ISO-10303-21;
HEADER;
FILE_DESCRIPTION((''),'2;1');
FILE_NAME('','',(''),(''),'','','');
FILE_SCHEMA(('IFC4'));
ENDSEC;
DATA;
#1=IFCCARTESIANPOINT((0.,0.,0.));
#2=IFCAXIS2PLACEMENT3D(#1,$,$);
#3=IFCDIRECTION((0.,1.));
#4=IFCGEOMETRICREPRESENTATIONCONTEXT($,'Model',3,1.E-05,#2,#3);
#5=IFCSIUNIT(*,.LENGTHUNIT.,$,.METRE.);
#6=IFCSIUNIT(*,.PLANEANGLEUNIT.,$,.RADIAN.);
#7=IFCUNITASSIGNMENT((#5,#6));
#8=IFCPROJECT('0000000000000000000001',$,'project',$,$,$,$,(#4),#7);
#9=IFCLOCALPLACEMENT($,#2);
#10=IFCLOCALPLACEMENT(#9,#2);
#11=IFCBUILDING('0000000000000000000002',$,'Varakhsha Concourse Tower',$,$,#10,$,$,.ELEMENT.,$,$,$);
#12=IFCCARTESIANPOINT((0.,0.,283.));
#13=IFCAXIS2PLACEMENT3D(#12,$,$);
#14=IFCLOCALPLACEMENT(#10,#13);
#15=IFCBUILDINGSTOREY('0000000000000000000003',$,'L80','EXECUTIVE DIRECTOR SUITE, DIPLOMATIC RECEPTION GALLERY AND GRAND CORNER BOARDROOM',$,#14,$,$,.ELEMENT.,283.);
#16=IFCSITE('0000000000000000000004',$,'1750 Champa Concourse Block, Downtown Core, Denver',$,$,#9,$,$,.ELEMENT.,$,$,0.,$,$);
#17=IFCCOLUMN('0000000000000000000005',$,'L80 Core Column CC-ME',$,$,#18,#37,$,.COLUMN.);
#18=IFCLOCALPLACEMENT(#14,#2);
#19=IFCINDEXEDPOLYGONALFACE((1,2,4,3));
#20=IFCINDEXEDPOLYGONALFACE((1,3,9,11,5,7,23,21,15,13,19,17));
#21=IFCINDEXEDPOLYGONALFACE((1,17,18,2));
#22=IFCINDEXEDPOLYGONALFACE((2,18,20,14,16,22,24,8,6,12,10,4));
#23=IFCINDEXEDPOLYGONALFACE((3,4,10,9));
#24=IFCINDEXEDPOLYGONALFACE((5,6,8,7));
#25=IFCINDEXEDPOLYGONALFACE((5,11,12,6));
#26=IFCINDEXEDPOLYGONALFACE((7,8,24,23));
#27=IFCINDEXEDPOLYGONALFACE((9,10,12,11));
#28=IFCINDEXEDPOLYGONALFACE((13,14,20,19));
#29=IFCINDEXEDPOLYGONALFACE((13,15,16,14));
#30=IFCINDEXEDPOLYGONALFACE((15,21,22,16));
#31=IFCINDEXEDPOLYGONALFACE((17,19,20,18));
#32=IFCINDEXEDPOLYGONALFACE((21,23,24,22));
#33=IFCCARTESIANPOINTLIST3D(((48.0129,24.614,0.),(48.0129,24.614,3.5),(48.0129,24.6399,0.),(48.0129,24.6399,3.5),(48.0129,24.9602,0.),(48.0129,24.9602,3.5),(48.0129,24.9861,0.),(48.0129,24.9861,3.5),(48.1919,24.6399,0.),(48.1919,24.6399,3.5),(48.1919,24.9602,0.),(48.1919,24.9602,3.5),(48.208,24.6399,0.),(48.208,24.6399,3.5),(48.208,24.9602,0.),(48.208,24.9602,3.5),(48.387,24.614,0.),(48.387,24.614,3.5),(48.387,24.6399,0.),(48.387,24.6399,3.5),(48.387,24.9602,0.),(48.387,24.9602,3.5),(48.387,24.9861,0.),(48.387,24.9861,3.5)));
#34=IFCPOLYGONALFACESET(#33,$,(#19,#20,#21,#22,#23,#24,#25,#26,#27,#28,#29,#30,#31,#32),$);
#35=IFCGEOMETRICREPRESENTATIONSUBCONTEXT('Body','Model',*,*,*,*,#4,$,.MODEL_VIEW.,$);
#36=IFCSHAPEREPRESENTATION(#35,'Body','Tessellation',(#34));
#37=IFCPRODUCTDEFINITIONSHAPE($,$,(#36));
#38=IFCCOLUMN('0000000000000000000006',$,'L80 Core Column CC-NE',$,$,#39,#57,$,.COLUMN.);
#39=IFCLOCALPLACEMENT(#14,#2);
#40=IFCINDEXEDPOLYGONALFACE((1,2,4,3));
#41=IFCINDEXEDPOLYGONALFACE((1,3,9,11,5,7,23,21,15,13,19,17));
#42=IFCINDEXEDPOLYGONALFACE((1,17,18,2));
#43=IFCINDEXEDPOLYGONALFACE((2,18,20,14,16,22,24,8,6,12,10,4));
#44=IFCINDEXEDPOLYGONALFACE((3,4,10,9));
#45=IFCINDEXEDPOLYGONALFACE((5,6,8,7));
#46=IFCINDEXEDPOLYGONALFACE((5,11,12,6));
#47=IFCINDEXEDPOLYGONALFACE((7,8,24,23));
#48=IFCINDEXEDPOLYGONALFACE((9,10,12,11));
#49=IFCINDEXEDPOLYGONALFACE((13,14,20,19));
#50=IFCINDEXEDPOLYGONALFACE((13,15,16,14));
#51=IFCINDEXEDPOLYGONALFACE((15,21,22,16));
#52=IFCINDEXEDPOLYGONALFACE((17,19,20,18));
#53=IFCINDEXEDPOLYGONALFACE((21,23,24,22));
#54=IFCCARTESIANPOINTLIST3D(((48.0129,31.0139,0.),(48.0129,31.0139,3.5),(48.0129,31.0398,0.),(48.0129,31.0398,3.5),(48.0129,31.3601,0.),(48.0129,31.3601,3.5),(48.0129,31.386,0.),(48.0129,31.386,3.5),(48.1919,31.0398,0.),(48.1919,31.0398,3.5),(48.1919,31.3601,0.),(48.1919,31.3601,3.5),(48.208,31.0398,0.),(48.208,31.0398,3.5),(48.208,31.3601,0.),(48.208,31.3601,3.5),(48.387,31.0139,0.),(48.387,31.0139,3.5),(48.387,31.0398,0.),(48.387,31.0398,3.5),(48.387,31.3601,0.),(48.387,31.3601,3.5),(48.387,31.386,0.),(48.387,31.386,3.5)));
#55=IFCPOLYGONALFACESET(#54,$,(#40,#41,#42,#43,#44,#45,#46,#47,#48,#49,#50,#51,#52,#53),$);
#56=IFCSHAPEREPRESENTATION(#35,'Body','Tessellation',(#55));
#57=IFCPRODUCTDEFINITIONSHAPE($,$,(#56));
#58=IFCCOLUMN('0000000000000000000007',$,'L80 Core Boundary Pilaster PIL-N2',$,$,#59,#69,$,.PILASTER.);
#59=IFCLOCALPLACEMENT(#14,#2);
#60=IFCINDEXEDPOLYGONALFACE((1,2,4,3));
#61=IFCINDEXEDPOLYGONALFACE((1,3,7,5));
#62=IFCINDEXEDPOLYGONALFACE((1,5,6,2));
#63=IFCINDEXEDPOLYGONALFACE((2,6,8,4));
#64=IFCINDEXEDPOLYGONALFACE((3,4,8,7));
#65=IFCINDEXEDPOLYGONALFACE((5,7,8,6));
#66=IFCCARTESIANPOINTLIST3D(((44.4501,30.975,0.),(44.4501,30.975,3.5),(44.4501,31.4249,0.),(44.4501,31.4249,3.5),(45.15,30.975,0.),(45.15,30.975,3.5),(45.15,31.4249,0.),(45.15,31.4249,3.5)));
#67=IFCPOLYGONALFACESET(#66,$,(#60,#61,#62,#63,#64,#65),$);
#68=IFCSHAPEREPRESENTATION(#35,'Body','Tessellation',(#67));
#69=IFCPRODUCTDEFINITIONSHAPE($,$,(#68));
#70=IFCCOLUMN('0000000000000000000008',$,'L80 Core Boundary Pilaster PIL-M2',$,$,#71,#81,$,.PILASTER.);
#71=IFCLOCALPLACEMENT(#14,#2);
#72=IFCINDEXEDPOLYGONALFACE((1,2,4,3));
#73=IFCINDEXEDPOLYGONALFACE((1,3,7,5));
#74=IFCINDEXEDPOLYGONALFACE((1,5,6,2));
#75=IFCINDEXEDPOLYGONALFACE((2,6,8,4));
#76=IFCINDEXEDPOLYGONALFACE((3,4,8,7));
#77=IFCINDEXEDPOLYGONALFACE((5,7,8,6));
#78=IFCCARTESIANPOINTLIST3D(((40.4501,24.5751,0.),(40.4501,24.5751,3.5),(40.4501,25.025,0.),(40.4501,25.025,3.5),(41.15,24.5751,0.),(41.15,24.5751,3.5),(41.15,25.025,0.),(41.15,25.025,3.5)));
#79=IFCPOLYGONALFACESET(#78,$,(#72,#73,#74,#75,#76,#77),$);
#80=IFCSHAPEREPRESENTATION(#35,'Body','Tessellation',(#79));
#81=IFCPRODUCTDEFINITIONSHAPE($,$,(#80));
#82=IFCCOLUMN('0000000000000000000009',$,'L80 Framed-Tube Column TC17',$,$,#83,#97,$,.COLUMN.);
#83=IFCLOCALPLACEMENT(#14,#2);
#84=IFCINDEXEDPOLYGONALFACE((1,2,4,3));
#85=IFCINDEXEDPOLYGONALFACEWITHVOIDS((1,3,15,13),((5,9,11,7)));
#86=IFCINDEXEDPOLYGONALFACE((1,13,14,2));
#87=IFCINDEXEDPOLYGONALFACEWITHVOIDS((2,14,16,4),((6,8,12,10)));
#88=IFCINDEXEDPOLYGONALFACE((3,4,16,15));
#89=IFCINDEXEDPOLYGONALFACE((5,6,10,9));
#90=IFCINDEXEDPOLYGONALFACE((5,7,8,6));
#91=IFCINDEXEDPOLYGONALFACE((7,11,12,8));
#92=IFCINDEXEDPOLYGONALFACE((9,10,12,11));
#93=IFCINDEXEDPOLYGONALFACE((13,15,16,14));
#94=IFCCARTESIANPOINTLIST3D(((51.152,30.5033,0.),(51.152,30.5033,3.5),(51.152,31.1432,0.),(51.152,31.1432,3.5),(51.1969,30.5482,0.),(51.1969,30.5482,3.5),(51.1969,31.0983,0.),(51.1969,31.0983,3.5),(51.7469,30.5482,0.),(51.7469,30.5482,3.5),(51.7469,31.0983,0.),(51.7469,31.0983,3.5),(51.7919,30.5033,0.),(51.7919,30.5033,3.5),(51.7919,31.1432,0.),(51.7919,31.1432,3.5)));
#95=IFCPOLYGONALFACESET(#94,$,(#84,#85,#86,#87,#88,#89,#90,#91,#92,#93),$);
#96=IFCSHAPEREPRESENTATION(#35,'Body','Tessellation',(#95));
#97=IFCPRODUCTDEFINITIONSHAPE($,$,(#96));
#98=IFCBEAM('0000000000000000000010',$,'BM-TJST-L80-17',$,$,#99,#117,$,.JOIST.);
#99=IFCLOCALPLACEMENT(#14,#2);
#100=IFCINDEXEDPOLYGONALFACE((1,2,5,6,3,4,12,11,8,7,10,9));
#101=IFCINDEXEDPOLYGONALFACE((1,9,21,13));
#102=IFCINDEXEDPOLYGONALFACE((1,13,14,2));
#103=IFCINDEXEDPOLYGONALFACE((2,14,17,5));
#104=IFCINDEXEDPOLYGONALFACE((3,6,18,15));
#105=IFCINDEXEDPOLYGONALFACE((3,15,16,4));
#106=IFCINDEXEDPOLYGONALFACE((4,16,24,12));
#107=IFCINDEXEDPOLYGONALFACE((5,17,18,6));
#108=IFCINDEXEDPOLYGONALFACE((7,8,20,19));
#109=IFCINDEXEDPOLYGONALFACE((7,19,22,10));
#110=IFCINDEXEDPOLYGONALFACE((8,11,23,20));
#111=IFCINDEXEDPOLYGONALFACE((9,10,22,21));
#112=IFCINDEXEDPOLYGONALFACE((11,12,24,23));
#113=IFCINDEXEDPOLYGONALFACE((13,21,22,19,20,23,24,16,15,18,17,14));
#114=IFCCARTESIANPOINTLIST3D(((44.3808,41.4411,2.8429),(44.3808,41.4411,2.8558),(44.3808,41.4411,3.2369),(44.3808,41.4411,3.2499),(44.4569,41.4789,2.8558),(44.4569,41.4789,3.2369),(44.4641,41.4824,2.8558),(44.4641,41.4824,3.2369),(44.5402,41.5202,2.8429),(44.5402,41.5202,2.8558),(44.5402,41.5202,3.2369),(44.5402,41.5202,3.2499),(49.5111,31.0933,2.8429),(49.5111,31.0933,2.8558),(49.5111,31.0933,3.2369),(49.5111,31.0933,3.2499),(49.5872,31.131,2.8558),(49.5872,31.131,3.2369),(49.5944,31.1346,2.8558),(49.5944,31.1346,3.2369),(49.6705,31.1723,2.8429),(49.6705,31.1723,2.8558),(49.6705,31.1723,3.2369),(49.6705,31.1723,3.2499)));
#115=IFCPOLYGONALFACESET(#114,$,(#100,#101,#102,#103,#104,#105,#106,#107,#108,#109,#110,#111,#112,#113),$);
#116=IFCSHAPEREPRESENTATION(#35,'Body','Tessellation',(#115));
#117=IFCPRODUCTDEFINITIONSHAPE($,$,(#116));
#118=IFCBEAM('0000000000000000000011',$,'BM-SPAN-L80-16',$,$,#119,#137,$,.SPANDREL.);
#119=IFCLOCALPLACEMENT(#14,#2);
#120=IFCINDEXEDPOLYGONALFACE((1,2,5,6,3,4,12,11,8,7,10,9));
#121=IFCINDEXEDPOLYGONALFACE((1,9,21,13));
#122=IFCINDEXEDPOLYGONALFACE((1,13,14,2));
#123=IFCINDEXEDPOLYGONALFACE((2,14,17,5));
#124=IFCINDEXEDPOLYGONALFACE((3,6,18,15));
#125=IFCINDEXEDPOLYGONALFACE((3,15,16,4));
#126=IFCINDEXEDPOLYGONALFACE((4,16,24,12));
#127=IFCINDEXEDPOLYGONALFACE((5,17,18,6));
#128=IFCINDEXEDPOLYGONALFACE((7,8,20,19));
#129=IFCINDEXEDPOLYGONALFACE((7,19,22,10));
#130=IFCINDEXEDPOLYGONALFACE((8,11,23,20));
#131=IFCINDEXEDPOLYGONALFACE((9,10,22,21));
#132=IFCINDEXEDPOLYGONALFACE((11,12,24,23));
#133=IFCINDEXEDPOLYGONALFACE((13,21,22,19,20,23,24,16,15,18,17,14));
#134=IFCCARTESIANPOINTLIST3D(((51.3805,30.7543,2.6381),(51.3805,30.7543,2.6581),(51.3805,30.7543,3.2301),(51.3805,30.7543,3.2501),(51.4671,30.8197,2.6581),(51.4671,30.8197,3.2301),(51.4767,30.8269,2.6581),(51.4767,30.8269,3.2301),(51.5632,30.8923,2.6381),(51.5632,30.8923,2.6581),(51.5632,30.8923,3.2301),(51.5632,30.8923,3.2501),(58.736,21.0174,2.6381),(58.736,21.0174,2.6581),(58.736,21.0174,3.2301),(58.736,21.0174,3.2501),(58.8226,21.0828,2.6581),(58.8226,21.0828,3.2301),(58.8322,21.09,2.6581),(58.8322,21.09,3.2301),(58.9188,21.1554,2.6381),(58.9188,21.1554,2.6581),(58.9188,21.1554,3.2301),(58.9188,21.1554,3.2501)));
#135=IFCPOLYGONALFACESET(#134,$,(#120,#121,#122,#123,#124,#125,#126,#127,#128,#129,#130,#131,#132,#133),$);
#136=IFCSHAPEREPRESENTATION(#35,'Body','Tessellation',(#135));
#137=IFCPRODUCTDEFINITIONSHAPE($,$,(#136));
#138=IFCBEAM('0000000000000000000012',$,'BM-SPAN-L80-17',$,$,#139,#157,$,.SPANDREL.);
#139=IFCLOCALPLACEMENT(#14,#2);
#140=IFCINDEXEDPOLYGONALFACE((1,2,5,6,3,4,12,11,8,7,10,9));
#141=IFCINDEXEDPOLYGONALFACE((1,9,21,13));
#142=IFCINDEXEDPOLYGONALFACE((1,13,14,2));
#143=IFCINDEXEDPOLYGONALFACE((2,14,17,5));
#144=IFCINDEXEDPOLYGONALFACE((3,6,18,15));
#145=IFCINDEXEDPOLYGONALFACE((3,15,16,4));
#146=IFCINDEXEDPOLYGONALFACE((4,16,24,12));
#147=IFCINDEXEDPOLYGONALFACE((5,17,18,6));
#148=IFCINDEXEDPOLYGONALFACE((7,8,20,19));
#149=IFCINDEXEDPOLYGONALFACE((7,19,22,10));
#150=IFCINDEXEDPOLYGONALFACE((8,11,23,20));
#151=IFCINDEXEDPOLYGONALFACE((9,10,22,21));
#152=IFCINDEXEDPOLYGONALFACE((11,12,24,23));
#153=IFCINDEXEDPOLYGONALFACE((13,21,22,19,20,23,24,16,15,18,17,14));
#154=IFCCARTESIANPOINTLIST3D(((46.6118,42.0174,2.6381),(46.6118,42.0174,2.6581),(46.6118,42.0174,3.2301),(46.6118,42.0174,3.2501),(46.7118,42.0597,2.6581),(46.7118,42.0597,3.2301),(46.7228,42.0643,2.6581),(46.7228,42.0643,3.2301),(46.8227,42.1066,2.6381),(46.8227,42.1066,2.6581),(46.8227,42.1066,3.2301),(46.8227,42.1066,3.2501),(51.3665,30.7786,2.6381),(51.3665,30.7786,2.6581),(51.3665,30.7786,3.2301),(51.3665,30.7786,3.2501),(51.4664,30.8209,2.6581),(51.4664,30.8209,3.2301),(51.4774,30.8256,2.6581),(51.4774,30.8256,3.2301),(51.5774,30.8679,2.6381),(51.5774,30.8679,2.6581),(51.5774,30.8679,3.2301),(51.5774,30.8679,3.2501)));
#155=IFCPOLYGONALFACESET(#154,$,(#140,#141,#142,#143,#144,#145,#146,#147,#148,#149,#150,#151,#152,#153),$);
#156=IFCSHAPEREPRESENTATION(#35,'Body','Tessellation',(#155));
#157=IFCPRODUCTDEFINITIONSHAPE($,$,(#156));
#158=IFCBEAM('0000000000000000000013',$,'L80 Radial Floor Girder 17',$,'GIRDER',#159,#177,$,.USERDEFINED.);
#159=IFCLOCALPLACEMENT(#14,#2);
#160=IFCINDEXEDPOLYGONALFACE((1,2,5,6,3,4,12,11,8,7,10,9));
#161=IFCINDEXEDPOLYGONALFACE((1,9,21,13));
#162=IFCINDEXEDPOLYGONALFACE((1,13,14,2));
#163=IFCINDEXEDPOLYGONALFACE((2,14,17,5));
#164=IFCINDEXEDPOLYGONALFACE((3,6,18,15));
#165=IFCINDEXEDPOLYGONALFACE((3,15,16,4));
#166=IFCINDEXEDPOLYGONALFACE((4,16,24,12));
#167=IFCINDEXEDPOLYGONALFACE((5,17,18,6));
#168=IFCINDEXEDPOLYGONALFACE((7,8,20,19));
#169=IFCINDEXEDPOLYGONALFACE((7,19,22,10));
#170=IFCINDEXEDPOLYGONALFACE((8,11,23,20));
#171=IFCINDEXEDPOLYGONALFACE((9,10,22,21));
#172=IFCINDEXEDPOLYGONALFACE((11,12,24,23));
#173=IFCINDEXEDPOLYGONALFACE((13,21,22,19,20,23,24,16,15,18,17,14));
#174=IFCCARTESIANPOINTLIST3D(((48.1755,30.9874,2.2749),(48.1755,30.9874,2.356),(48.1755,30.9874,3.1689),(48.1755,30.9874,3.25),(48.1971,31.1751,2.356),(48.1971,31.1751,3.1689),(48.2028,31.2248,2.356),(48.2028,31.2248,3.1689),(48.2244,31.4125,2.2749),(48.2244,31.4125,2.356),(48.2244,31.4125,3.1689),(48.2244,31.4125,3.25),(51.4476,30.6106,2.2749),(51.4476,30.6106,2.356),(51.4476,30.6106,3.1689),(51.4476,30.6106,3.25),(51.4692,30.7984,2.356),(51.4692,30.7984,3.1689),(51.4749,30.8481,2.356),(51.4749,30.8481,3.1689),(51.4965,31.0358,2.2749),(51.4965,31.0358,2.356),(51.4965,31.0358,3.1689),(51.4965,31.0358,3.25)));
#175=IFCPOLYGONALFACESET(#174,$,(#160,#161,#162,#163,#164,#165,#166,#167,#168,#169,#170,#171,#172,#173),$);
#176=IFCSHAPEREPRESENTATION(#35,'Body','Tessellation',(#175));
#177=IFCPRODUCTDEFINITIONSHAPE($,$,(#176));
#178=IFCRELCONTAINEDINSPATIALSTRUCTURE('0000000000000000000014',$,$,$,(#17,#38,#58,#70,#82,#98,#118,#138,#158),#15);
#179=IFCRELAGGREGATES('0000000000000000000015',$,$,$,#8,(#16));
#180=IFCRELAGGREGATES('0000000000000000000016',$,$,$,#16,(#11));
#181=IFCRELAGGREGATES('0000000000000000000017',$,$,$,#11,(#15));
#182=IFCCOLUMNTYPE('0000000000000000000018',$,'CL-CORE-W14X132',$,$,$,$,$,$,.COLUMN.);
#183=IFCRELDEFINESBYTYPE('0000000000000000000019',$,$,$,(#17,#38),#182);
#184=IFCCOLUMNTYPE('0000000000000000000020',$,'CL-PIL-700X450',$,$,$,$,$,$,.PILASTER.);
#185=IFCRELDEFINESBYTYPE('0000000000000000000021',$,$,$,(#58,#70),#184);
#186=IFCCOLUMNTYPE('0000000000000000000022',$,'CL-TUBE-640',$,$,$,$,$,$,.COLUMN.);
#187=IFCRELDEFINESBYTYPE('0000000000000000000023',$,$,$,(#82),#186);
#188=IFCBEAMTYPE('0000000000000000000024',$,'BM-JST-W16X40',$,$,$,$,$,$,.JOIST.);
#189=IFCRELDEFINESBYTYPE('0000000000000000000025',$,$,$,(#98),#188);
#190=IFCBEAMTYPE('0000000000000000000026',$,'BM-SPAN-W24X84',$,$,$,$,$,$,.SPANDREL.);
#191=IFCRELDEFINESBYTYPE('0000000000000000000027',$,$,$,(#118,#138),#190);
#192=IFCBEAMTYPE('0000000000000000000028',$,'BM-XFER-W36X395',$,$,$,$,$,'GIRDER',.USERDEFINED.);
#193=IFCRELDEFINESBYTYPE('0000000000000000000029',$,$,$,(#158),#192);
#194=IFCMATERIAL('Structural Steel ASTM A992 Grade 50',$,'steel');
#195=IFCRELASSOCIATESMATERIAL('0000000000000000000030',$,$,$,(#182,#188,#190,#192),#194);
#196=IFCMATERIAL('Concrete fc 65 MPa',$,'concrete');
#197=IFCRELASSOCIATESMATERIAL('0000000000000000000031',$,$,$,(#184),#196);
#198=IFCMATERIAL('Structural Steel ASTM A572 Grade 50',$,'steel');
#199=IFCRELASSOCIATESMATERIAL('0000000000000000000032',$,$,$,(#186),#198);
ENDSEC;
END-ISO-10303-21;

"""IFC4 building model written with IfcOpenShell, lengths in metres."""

from ifc_helpers import new_model, si_unit, direction, frame, origin, origin_2d, place, context, subcontext, project, spatial, rectangle, hollow_rectangle, i_section, extrude, material, material_profile, profile_set, type_object, element, save


model = new_model("IFC4")

# Units and contexts
model_context = context("Model", 3, precision=1e-05, world=origin(), true_north=direction((0.0, 1.0)))
body_context = subcontext(model_context, "Body", "Model", "MODEL_VIEW")
ifc_project = project(units=[si_unit("LENGTHUNIT", "METRE"), si_unit("PLANEANGLEUNIT", "RADIAN")], contexts=[model_context])

# Site, building, storey
site_placement = place(None, origin())
site = spatial("IfcSite", under=ifc_project, at=site_placement, Name="1750 Champa Concourse Block, Downtown Core, Denver", CompositionType="ELEMENT", RefElevation=0.0)
building_placement = place(site_placement, origin())
building = spatial("IfcBuilding", under=site, at=building_placement, Name="Varakhsha Concourse Tower", CompositionType="ELEMENT")
storey_placement = place(building_placement, frame((0.0, 0.0, 283.0)))
storey = spatial("IfcBuildingStorey", under=building, at=storey_placement, Name="L80", Description="EXECUTIVE DIRECTOR SUITE, DIPLOMATIC RECEPTION GALLERY AND GRAND CORNER BOARDROOM", CompositionType="ELEMENT", Elevation=283.0)

# Columns
ifc_material_1 = material(Name="Structural Steel ASTM A992 Grade 50", Category="steel")
ifc_material_profile_1 = material_profile(ifc_material_1, i_section(OverallWidth=0.374, OverallDepth=0.3721, WebThickness=0.0161, FlangeThickness=0.0259, at=origin_2d()), Name="W14X132")
ifc_profile_set_1 = profile_set([ifc_material_profile_1], Name="Structural Steel ASTM A992 Grade 50")
column_type_1 = type_object("IfcColumnType", Name="CL-CORE-W14X132", PredefinedType="COLUMN", material=ifc_profile_set_1)
for number, where, z_axis, x_axis, name in (
    (1, (48.2, 24.8, 0.0), (0.0, 0.0, 1.0), (1.0, 0.0, 0.0), "L80 Core Column CC-ME"),
    (2, (48.2, 31.2, 0.0), (0.0, 0.0, 1.0), (1.0, 0.0, 0.0), "L80 Core Column CC-NE"),
):
    element("IfcColumn", number, at=place(storey_placement, frame(where, z_axis=z_axis, x_axis=x_axis)), inside=storey, type_object=column_type_1, Name=name, PredefinedType="COLUMN", context=body_context, shape_type="SweptSolid", body=[
        extrude(i_section(OverallWidth=0.374, OverallDepth=0.3721, WebThickness=0.0161, FlangeThickness=0.0259, at=origin_2d()), origin(), (0.0, 0.0, 1.0), 3.5),
    ])
ifc_material_2 = material(Name="Concrete fc 65 MPa", Category="concrete")
ifc_material_profile_2 = material_profile(ifc_material_2, rectangle(XDim=0.7, YDim=0.45, at=origin_2d()), Name="RC 700x450")
ifc_profile_set_2 = profile_set([ifc_material_profile_2], Name="Concrete fc 65 MPa")
column_type_2 = type_object("IfcColumnType", Name="CL-PIL-700X450", PredefinedType="PILASTER", material=ifc_profile_set_2)
for number, where, z_axis, x_axis, name in (
    (3, (44.8, 31.2, 0.0), (0.0, 0.0, 1.0), (1.0, 0.0, 0.0), "L80 Core Boundary Pilaster PIL-N2"),
    (4, (40.8, 24.8, 0.0), (0.0, 0.0, 1.0), (1.0, 0.0, 0.0), "L80 Core Boundary Pilaster PIL-M2"),
):
    element("IfcColumn", number, at=place(storey_placement, frame(where, z_axis=z_axis, x_axis=x_axis)), inside=storey, type_object=column_type_2, Name=name, PredefinedType="PILASTER", context=body_context, shape_type="SweptSolid", body=[
        extrude(rectangle(XDim=0.7, YDim=0.45, at=origin_2d()), origin(), (0.0, 0.0, 1.0), 3.5),
    ])
ifc_material_3 = material(Name="Structural Steel ASTM A572 Grade 50", Category="steel")
ifc_material_profile_3 = material_profile(ifc_material_3, hollow_rectangle(XDim=0.6399, YDim=0.6399, WallThickness=0.0449, at=origin_2d()), Name="BOX 640x640x45")
ifc_profile_set_3 = profile_set([ifc_material_profile_3], Name="Structural Steel ASTM A572 Grade 50")
column_type_3 = type_object("IfcColumnType", Name="CL-TUBE-640", PredefinedType="COLUMN", material=ifc_profile_set_3)
column_placement = place(storey_placement, frame((51.4719, 30.8232, 0.0), z_axis=(0.0, 0.0, 1.0), x_axis=(1.0, 0.0, 0.0)))
element("IfcColumn", 5, at=column_placement, inside=storey, type_object=column_type_3, Name="L80 Framed-Tube Column TC17", PredefinedType="COLUMN", context=body_context, shape_type="SweptSolid", body=[
    extrude(hollow_rectangle(XDim=0.6399, YDim=0.6399, WallThickness=0.0449, at=origin_2d()), origin(), (0.0, 0.0, 1.0), 3.5),
])

# Beams
ifc_material_profile_4 = material_profile(ifc_material_1, i_section(OverallWidth=0.178, OverallDepth=0.407, WebThickness=0.0081, FlangeThickness=0.0129, at=origin_2d()), Name="W16X40")
ifc_profile_set_4 = profile_set([ifc_material_profile_4], Name="Structural Steel ASTM A992 Grade 50")
beam_type_1 = type_object("IfcBeamType", Name="BM-JST-W16X40", PredefinedType="JOIST", material=ifc_profile_set_4)
beam_1_placement = place(storey_placement, frame((49.5908, 31.1328, 3.0464), z_axis=(-0.444193, 0.895931, 0.0), x_axis=(-0.895931, -0.444193, 0.0)))
element("IfcBeam", 6, at=beam_1_placement, inside=storey, type_object=beam_type_1, Name="BM-TJST-L80-17", PredefinedType="JOIST", context=body_context, shape_type="SweptSolid", body=[
    extrude(i_section(OverallWidth=0.178, OverallDepth=0.407, WebThickness=0.0081, FlangeThickness=0.0129, at=origin_2d()), origin(), (0.0, 0.0, 1.0), 11.5498),
])
ifc_material_profile_5 = material_profile(ifc_material_1, i_section(OverallWidth=0.229, OverallDepth=0.6121, WebThickness=0.012, FlangeThickness=0.02, at=origin_2d()), Name="W24X84")
ifc_profile_set_5 = profile_set([ifc_material_profile_5], Name="Structural Steel ASTM A992 Grade 50")
beam_type_2 = type_object("IfcBeamType", Name="BM-SPAN-W24X84", PredefinedType="SPANDREL", material=ifc_profile_set_5)
beam_2_placement = place(storey_placement, frame((58.8274, 21.0864, 2.9441), z_axis=(-0.602769, 0.797916, 0.0), x_axis=(-0.797916, -0.602769, 0.0)))
element("IfcBeam", 7, at=beam_2_placement, inside=storey, type_object=beam_type_2, Name="BM-SPAN-L80-16", PredefinedType="SPANDREL", context=body_context, shape_type="SweptSolid", body=[
    extrude(i_section(OverallWidth=0.229, OverallDepth=0.6121, WebThickness=0.012, FlangeThickness=0.02, at=origin_2d()), origin(), (0.0, 0.0, 1.0), 12.2029),
])
beam_3_placement = place(storey_placement, frame((51.4719, 30.8232, 2.9441), z_axis=(-0.389624, 0.920974, 0.0), x_axis=(-0.920974, -0.389624, 0.0)))
element("IfcBeam", 8, at=beam_3_placement, inside=storey, type_object=beam_type_2, Name="BM-SPAN-L80-17", PredefinedType="SPANDREL", context=body_context, shape_type="SweptSolid", body=[
    extrude(i_section(OverallWidth=0.229, OverallDepth=0.6121, WebThickness=0.012, FlangeThickness=0.02, at=origin_2d()), origin(), (0.0, 0.0, 1.0), 12.2031),
])
ifc_material_profile_6 = material_profile(ifc_material_1, i_section(OverallWidth=0.428, OverallDepth=0.9751, WebThickness=0.05, FlangeThickness=0.0811, at=origin_2d()), Name="W36X395")
ifc_profile_set_6 = profile_set([ifc_material_profile_6], Name="Structural Steel ASTM A992 Grade 50")
beam_type_3 = type_object("IfcBeamType", Name="BM-XFER-W36X395", ElementType="GIRDER", PredefinedType="USERDEFINED", material=ifc_profile_set_6)
beam_4_placement = place(storey_placement, frame((48.2, 31.2, 2.7625), z_axis=(0.993437, -0.114377, 0.0), x_axis=(0.114377, 0.993437, 0.0)))
element("IfcBeam", 9, at=beam_4_placement, inside=storey, type_object=beam_type_3, Name="L80 Radial Floor Girder 17", ObjectType="GIRDER", PredefinedType="USERDEFINED", context=body_context, shape_type="SweptSolid", body=[
    extrude(i_section(OverallWidth=0.428, OverallDepth=0.9751, WebThickness=0.05, FlangeThickness=0.0811, at=origin_2d()), origin(), (0.0, 0.0, 1.0), 3.2937),
])

save(model, "model.ifc")
